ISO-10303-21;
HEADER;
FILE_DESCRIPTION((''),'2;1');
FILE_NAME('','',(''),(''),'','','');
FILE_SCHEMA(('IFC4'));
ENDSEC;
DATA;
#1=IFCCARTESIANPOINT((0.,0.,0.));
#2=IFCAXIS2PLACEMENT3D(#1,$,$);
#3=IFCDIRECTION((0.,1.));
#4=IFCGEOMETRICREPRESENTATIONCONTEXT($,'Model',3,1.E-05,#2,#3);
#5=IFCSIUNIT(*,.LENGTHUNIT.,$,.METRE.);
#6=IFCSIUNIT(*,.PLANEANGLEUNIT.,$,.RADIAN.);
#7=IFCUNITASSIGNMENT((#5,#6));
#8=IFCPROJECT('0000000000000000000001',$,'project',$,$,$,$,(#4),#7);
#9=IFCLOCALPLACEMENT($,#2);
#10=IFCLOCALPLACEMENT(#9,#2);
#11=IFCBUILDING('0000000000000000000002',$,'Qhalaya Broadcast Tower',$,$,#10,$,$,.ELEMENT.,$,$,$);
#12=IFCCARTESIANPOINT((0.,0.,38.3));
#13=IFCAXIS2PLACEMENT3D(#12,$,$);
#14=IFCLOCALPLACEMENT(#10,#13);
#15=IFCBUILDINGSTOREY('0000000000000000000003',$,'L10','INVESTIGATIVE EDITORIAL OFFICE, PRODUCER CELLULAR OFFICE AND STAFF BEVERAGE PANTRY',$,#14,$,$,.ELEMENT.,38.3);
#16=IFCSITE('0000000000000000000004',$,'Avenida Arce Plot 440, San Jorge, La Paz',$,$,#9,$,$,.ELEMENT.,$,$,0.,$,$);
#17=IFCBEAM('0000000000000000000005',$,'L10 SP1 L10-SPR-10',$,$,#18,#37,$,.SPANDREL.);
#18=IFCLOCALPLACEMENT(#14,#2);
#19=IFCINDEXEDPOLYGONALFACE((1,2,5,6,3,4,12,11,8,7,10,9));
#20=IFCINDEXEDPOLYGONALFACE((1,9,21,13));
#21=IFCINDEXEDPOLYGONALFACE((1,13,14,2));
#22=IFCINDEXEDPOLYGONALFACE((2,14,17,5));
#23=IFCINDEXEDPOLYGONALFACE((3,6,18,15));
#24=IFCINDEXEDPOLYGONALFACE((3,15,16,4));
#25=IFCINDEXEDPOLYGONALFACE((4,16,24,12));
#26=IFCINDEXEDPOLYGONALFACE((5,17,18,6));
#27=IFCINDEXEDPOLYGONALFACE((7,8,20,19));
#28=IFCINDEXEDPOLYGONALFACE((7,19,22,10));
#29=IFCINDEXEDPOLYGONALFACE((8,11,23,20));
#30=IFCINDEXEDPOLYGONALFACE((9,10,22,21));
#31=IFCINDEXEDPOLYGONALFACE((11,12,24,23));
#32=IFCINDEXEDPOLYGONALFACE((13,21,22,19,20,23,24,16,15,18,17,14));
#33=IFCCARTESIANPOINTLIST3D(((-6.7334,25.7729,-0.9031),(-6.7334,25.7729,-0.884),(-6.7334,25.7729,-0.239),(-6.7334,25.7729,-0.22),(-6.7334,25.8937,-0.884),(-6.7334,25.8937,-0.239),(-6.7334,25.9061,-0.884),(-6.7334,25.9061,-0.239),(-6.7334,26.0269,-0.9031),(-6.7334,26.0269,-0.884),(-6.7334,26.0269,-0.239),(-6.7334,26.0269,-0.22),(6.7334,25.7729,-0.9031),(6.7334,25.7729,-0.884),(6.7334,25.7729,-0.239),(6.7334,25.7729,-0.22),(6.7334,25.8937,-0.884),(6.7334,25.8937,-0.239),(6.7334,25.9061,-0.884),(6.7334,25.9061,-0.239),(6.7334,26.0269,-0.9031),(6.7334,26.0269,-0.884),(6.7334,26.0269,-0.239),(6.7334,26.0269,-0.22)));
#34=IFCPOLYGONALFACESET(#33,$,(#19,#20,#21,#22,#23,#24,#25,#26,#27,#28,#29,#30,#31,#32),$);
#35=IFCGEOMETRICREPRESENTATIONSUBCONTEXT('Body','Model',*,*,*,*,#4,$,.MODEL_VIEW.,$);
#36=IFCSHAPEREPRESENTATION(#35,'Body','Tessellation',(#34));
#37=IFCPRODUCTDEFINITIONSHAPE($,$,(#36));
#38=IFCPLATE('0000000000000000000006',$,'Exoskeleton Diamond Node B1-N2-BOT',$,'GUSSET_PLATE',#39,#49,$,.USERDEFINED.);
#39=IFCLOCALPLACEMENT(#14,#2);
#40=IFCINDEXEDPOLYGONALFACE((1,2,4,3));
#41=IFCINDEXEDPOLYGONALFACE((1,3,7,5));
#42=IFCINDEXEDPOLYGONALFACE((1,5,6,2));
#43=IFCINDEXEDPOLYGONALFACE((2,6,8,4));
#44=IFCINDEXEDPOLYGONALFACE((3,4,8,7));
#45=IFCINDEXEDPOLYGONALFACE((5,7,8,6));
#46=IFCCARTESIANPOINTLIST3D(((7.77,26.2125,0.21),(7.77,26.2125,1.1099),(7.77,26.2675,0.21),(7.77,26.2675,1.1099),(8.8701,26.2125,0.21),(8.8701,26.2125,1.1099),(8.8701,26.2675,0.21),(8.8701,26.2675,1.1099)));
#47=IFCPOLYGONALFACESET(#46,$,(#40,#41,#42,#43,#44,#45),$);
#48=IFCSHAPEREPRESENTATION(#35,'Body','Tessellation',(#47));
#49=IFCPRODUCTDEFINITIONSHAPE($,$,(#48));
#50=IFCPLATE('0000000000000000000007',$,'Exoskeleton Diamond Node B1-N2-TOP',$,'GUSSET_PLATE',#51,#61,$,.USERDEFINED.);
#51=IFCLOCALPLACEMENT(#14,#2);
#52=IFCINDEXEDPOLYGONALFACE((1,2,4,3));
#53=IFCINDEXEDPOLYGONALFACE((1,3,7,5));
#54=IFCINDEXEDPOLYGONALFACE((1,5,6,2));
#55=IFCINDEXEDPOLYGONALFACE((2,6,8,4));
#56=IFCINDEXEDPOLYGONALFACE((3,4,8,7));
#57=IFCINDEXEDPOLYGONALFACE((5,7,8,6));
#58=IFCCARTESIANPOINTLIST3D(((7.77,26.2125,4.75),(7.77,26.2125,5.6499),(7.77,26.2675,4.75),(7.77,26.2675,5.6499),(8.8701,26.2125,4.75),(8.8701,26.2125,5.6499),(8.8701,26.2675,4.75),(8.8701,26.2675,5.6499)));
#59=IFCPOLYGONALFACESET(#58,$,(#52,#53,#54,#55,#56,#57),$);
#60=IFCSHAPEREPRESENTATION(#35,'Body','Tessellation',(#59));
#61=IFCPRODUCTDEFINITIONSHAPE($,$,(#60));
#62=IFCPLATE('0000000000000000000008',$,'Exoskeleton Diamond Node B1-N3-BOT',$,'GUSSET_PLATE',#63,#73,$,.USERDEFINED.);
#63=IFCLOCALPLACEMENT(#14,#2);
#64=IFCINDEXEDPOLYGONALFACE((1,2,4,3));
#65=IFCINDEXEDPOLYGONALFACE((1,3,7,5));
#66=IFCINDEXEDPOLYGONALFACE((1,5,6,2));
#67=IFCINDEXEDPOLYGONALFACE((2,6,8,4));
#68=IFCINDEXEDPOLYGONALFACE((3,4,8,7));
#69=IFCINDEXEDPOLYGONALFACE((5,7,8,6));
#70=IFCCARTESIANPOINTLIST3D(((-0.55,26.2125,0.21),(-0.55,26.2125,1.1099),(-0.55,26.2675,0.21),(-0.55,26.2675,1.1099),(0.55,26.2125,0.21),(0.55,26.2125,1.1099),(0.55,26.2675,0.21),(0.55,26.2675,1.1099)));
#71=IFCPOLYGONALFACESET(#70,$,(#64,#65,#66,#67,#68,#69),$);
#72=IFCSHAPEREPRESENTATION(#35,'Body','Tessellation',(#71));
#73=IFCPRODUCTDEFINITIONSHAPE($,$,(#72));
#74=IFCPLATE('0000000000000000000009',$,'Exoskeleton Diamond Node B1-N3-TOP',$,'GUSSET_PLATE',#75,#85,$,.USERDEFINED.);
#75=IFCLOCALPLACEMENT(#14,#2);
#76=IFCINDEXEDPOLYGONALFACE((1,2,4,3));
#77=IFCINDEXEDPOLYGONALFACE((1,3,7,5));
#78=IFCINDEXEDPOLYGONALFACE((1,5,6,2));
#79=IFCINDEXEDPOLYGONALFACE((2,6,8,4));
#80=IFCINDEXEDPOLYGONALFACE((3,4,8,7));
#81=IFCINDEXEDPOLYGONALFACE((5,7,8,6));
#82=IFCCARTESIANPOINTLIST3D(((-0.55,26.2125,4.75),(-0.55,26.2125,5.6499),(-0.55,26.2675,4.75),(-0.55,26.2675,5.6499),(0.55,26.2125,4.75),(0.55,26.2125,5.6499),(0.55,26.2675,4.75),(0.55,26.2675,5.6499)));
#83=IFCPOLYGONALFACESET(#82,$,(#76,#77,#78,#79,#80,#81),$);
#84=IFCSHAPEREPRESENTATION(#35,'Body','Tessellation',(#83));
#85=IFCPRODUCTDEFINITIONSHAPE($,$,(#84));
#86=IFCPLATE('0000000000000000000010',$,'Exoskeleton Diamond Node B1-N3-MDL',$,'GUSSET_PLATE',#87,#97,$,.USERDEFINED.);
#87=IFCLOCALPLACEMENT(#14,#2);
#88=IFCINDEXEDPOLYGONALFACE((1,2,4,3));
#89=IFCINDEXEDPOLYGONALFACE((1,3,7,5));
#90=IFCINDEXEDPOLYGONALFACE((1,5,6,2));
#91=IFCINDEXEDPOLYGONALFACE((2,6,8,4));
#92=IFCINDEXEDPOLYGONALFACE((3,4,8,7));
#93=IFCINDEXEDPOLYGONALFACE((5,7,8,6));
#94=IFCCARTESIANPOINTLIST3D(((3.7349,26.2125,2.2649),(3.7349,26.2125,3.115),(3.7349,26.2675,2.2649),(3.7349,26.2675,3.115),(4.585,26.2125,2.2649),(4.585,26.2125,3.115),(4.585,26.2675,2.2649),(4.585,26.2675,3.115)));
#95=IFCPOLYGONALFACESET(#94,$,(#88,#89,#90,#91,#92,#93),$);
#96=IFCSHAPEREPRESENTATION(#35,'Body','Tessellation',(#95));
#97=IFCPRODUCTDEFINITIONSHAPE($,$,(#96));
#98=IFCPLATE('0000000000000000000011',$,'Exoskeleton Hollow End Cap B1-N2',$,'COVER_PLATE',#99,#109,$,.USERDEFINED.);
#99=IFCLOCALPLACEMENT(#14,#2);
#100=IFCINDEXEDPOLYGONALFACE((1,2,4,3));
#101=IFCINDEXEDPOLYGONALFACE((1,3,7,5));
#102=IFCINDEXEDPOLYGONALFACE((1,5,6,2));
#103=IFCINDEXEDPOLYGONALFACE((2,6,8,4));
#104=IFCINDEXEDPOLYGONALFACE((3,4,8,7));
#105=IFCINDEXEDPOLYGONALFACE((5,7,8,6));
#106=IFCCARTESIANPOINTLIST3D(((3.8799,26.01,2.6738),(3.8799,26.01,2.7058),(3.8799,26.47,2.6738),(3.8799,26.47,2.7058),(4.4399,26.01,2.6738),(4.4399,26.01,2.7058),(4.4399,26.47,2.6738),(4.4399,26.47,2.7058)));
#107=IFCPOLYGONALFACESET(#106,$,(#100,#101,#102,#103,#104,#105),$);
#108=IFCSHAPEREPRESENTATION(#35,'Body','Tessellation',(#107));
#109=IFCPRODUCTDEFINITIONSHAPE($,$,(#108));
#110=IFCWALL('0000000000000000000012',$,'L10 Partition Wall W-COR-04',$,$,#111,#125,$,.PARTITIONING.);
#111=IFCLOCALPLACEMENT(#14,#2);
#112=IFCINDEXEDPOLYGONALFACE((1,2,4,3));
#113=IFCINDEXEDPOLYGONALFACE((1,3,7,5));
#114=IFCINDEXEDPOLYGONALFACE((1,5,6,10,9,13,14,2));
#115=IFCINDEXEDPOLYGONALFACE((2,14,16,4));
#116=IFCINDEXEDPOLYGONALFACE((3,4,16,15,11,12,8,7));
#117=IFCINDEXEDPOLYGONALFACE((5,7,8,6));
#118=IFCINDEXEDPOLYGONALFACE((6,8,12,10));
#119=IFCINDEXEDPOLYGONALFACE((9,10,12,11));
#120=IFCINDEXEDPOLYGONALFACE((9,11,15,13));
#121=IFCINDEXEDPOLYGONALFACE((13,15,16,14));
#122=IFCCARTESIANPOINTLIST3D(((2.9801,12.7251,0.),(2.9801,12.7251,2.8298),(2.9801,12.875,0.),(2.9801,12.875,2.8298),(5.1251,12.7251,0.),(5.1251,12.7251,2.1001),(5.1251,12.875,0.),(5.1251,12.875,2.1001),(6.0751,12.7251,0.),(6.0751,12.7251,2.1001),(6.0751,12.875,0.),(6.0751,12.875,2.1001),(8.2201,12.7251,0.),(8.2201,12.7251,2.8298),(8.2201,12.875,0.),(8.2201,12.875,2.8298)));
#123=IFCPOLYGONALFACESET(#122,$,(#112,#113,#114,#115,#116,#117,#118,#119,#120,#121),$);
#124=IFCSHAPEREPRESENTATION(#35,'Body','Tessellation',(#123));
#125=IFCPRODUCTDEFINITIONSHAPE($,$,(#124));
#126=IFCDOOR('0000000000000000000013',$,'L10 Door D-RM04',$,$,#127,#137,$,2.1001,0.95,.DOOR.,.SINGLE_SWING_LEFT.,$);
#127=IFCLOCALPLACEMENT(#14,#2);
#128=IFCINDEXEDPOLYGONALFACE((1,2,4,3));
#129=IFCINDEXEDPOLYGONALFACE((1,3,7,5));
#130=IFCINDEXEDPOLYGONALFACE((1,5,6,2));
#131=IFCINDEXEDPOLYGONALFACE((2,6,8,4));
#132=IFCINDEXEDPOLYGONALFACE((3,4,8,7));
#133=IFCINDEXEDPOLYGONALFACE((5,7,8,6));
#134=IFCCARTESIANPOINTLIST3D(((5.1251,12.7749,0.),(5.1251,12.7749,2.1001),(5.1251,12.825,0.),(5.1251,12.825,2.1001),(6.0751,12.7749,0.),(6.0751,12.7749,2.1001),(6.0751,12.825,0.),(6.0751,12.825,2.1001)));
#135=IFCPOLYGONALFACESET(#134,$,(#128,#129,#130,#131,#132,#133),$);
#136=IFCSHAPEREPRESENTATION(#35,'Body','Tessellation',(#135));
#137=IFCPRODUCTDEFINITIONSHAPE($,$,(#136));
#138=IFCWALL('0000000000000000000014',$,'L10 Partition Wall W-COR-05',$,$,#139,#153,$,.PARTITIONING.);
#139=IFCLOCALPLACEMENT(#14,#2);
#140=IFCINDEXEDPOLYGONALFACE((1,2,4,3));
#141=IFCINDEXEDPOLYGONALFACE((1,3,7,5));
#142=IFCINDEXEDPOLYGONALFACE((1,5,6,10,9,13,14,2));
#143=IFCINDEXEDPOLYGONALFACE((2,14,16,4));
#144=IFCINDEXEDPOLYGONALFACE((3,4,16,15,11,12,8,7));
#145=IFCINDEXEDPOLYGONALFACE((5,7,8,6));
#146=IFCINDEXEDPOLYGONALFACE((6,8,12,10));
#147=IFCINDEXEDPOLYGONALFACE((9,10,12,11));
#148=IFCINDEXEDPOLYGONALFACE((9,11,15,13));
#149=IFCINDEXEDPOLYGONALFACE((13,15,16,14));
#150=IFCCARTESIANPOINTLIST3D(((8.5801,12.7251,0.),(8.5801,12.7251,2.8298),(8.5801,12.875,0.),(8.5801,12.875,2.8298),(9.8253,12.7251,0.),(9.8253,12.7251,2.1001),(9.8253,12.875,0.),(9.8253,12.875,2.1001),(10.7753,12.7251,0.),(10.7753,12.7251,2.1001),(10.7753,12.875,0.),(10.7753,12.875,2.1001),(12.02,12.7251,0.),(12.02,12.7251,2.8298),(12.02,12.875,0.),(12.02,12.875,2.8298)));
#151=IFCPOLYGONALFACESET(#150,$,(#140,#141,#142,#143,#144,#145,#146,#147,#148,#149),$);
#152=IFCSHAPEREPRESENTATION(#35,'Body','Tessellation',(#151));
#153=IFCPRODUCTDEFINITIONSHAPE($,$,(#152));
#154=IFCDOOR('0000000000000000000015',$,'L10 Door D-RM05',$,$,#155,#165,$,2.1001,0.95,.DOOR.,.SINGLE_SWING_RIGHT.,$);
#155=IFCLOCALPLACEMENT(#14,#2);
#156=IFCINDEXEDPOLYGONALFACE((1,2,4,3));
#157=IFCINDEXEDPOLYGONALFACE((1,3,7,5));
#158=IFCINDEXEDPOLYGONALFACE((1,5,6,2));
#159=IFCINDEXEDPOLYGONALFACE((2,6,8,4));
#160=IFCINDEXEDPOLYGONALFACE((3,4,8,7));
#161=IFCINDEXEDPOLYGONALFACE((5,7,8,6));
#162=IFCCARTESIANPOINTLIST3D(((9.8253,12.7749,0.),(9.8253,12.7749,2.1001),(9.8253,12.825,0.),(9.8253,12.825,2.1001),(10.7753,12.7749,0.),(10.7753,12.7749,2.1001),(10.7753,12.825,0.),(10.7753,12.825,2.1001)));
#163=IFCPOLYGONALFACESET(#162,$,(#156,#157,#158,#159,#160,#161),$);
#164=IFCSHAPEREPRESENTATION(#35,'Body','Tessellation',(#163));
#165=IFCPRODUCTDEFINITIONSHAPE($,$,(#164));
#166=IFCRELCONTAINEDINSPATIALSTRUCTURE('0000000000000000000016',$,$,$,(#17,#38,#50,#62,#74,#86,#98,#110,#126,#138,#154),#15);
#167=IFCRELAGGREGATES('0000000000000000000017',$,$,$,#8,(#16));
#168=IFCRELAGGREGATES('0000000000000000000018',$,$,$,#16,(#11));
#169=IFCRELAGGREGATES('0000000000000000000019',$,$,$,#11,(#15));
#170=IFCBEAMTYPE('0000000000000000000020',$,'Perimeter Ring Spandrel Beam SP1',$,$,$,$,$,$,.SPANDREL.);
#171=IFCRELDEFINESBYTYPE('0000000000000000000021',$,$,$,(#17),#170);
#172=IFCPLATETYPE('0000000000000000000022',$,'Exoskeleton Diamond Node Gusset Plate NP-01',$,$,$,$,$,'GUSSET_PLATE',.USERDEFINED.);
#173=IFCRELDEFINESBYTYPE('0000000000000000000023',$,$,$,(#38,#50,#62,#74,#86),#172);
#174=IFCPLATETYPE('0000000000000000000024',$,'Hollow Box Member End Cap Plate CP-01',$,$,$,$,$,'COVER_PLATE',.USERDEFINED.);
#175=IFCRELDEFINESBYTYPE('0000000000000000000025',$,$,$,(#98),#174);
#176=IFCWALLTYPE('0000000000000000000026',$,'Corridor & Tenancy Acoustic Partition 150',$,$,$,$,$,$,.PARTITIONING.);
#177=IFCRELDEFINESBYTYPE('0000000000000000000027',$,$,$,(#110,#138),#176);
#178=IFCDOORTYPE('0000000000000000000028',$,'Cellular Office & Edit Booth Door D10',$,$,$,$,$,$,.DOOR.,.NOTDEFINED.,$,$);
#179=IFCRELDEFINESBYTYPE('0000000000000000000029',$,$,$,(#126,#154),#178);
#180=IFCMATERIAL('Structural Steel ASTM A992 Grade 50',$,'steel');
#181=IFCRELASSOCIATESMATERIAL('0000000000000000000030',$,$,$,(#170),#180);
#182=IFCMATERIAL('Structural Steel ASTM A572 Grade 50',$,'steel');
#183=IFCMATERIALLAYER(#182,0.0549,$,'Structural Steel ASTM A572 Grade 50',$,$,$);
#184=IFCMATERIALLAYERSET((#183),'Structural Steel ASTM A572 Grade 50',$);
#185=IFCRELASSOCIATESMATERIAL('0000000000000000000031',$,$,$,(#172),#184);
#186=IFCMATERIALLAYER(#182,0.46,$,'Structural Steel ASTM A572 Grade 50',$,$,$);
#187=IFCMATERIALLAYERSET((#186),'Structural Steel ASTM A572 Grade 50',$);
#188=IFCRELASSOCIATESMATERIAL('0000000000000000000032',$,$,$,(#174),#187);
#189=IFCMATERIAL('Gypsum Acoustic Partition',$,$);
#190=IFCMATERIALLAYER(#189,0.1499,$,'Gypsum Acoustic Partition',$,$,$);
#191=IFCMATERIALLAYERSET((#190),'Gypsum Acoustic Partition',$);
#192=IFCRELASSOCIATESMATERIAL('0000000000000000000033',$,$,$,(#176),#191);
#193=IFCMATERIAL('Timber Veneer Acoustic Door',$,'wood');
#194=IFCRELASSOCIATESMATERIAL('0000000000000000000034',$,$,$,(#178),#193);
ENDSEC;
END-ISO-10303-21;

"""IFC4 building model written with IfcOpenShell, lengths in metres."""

from ifc_helpers import new_model, si_unit, direction, frame, frame_2d, origin, origin_2d, place, context, subcontext, project, spatial, rectangle, i_section, extrude, material, layer, layer_set, material_profile, profile_set, type_object, element, fill, save


model = new_model("IFC4")

# Units and contexts
model_context = context("Model", 3, precision=1e-05, world=origin(), true_north=direction((0.0, 1.0)))
body_context = subcontext(model_context, "Body", "Model", "MODEL_VIEW")
ifc_project = project(units=[si_unit("LENGTHUNIT", "METRE"), si_unit("PLANEANGLEUNIT", "RADIAN")], contexts=[model_context])

# Site, building, storey
site_placement = place(None, origin())
site = spatial("IfcSite", under=ifc_project, at=site_placement, Name="Avenida Arce Plot 440, San Jorge, La Paz", CompositionType="ELEMENT", RefElevation=0.0)
building_placement = place(site_placement, origin())
building = spatial("IfcBuilding", under=site, at=building_placement, Name="Qhalaya Broadcast Tower", CompositionType="ELEMENT")
storey_placement = place(building_placement, frame((0.0, 0.0, 38.3)))
storey = spatial("IfcBuildingStorey", under=building, at=storey_placement, Name="L10", Description="INVESTIGATIVE EDITORIAL OFFICE, PRODUCER CELLULAR OFFICE AND STAFF BEVERAGE PANTRY", CompositionType="ELEMENT", Elevation=38.3)

# Shared definitions
ifc_material_1 = material(Name="Structural Steel ASTM A572 Grade 50", Category="steel")

# Shared definitions
ifc_material_2 = material(Name="Structural Steel ASTM A992 Grade 50", Category="steel")

# Beam
ifc_material_profile_1 = material_profile(ifc_material_2, i_section(OverallWidth=0.2539, OverallDepth=0.6831, WebThickness=0.0125, FlangeThickness=0.019, at=origin_2d()), Name="W27X94")
ifc_profile_set_1 = profile_set([ifc_material_profile_1], Name="Structural Steel ASTM A992 Grade 50")
beam_type_1 = type_object("IfcBeamType", Name="Perimeter Ring Spandrel Beam SP1", PredefinedType="SPANDREL", material=ifc_profile_set_1)
beam_1_placement = place(storey_placement, frame((6.7334, 25.8999, -0.5615), z_axis=(-1.0, 0.0, 0.0), x_axis=(0.0, -1.0, 0.0)))
element("IfcBeam", 1, at=beam_1_placement, inside=storey, type_object=beam_type_1, Name="L10 SP1 L10-SPR-10", PredefinedType="SPANDREL", context=body_context, shape_type="SweptSolid", body=[
    extrude(i_section(OverallWidth=0.2539, OverallDepth=0.6831, WebThickness=0.0125, FlangeThickness=0.019, at=origin_2d()), origin(), (0.0, 0.0, 1.0), 13.4668),
])

# Plates
ifc_layer_1 = layer(ifc_material_1, 0.0549, Name="Structural Steel ASTM A572 Grade 50")
ifc_layer_set_1 = layer_set([ifc_layer_1], Name="Structural Steel ASTM A572 Grade 50")
plate_type_1 = type_object("IfcPlateType", Name="Exoskeleton Diamond Node Gusset Plate NP-01", ElementType="GUSSET_PLATE", PredefinedType="USERDEFINED", material=ifc_layer_set_1)
for number, where, z_axis, x_axis, name in (
    (2, (8.3201, 26.24, 0.21), (0.0, 0.0, 1.0), (1.0, 0.0, 0.0), "Exoskeleton Diamond Node B1-N2-BOT"),
    (3, (8.3201, 26.24, 4.75), (0.0, 0.0, 1.0), (1.0, 0.0, 0.0), "Exoskeleton Diamond Node B1-N2-TOP"),
    (4, (0.0, 26.24, 0.21), (0.0, 0.0, 1.0), (1.0, 0.0, 0.0), "Exoskeleton Diamond Node B1-N3-BOT"),
    (5, (0.0, 26.24, 4.75), (0.0, 0.0, 1.0), (1.0, 0.0, 0.0), "Exoskeleton Diamond Node B1-N3-TOP"),
):
    element("IfcPlate", number, at=place(storey_placement, frame(where, z_axis=z_axis, x_axis=x_axis)), inside=storey, type_object=plate_type_1, Name=name, ObjectType="GUSSET_PLATE", PredefinedType="USERDEFINED", context=body_context, shape_type="SweptSolid", body=[
        extrude(rectangle(XDim=1.1001, YDim=0.0549, at=origin_2d()), origin(), (0.0, 0.0, 1.0), 0.8999),
    ])
plate_1_placement = place(storey_placement, frame((4.1599, 26.24, 2.2649), z_axis=(0.0, 0.0, 1.0), x_axis=(1.0, 0.0, 0.0)))
element("IfcPlate", 6, at=plate_1_placement, inside=storey, type_object=plate_type_1, Name="Exoskeleton Diamond Node B1-N3-MDL", ObjectType="GUSSET_PLATE", PredefinedType="USERDEFINED", context=body_context, shape_type="SweptSolid", body=[
    extrude(rectangle(XDim=0.8501, YDim=0.0549, at=origin_2d()), origin(), (0.0, 0.0, 1.0), 0.8501),
])
ifc_layer_2 = layer(ifc_material_1, 0.46, Name="Structural Steel ASTM A572 Grade 50")
ifc_layer_set_2 = layer_set([ifc_layer_2], Name="Structural Steel ASTM A572 Grade 50")
plate_type_2 = type_object("IfcPlateType", Name="Hollow Box Member End Cap Plate CP-01", ElementType="COVER_PLATE", PredefinedType="USERDEFINED", material=ifc_layer_set_2)
plate_2_placement = place(storey_placement, frame((4.1599, 26.24, 2.6738), z_axis=(0.0, 0.0, 1.0), x_axis=(1.0, 0.0, 0.0)))
element("IfcPlate", 7, at=plate_2_placement, inside=storey, type_object=plate_type_2, Name="Exoskeleton Hollow End Cap B1-N2", ObjectType="COVER_PLATE", PredefinedType="USERDEFINED", context=body_context, shape_type="SweptSolid", body=[
    extrude(rectangle(XDim=0.5601, YDim=0.46, at=origin_2d()), origin(), (0.0, 0.0, 1.0), 0.032),
])

# Walls, openings, doors
ifc_material_3 = material(Name="Gypsum Acoustic Partition")
ifc_layer_3 = layer(ifc_material_3, 0.1499, Name="Gypsum Acoustic Partition")
ifc_layer_set_3 = layer_set([ifc_layer_3], Name="Gypsum Acoustic Partition")
wall_type_1 = type_object("IfcWallType", Name="Corridor & Tenancy Acoustic Partition 150", PredefinedType="PARTITIONING", material=ifc_layer_set_3)
wall_1_placement = place(storey_placement, frame((2.98, 12.8, 0.0), z_axis=(0.0, 0.0, 1.0), x_axis=(1.0, 0.0, 0.0)))
wall_1 = element("IfcWall", 8, at=wall_1_placement, inside=storey, type_object=wall_type_1, Name="L10 Partition Wall W-COR-04", PredefinedType="PARTITIONING", context=body_context, shape_type="SweptSolid", body=[
    extrude(rectangle(XDim=5.24, YDim=0.1499, at=frame_2d((2.6201, 0.0))), origin(), (0.0, 0.0, 1.0), 2.8298),
])
opening_1_placement = place(wall_1_placement, frame((2.145, 0.0, 0.0)))
opening_1 = element("IfcOpeningElement", 9, at=opening_1_placement, cuts=wall_1, PredefinedType="OPENING", context=body_context, shape_type="SweptSolid", body=[
    extrude(rectangle(XDim=0.95, YDim=2.1001, at=frame_2d((0.4751, 1.05))), frame((0.0, 0.0869, 0.0), z_axis=(0.0, -1.0, 0.0), x_axis=(1.0, 0.0, 0.0)), (0.0, 0.0, 1.0), 0.1738),
])
ifc_material_4 = material(Name="Timber Veneer Acoustic Door", Category="wood")
door_type = type_object("IfcDoorType", Name="Cellular Office & Edit Booth Door D10", OperationType="NOTDEFINED", PredefinedType="DOOR", material=ifc_material_4)
door_1_placement = place(opening_1_placement, origin())
door_1 = element("IfcDoor", 10, at=door_1_placement, inside=storey, type_object=door_type, Name="L10 Door D-RM04", OperationType="SINGLE_SWING_LEFT", OverallHeight=2.1001, OverallWidth=0.95, PredefinedType="DOOR", context=body_context, shape_type="SweptSolid", body=[
    extrude(rectangle(XDim=0.95, YDim=2.1001, at=frame_2d((0.4751, 1.05))), frame((0.0, 0.0249, 0.0), z_axis=(0.0, -1.0, 0.0), x_axis=(1.0, 0.0, 0.0)), (0.0, 0.0, 1.0), 0.05),
])
fill(opening_1, door_1)
wall_2_placement = place(storey_placement, frame((8.5801, 12.8, 0.0), z_axis=(0.0, 0.0, 1.0), x_axis=(1.0, 0.0, 0.0)))
wall_2 = element("IfcWall", 11, at=wall_2_placement, inside=storey, type_object=wall_type_1, Name="L10 Partition Wall W-COR-05", PredefinedType="PARTITIONING", context=body_context, shape_type="SweptSolid", body=[
    extrude(rectangle(XDim=3.4399, YDim=0.1499, at=frame_2d((1.72, 0.0))), origin(), (0.0, 0.0, 1.0), 2.8298),
])
opening_2_placement = place(wall_2_placement, frame((1.2451, 0.0, 0.0)))
opening_2 = element("IfcOpeningElement", 12, at=opening_2_placement, cuts=wall_2, PredefinedType="OPENING", context=body_context, shape_type="SweptSolid", body=[
    extrude(rectangle(XDim=0.95, YDim=2.1001, at=frame_2d((0.4751, 1.05))), frame((0.0, 0.0869, 0.0), z_axis=(0.0, -1.0, 0.0), x_axis=(1.0, 0.0, 0.0)), (0.0, 0.0, 1.0), 0.1738),
])
door_2_placement = place(opening_2_placement, origin())
door_2 = element("IfcDoor", 13, at=door_2_placement, inside=storey, type_object=door_type, Name="L10 Door D-RM05", OperationType="SINGLE_SWING_RIGHT", OverallHeight=2.1001, OverallWidth=0.95, PredefinedType="DOOR", context=body_context, shape_type="SweptSolid", body=[
    extrude(rectangle(XDim=0.95, YDim=2.1001, at=frame_2d((0.4751, 1.05))), frame((0.0, 0.0249, 0.0), z_axis=(0.0, -1.0, 0.0), x_axis=(1.0, 0.0, 0.0)), (0.0, 0.0, 1.0), 0.05),
])
fill(opening_2, door_2)

save(model, "model.ifc")
